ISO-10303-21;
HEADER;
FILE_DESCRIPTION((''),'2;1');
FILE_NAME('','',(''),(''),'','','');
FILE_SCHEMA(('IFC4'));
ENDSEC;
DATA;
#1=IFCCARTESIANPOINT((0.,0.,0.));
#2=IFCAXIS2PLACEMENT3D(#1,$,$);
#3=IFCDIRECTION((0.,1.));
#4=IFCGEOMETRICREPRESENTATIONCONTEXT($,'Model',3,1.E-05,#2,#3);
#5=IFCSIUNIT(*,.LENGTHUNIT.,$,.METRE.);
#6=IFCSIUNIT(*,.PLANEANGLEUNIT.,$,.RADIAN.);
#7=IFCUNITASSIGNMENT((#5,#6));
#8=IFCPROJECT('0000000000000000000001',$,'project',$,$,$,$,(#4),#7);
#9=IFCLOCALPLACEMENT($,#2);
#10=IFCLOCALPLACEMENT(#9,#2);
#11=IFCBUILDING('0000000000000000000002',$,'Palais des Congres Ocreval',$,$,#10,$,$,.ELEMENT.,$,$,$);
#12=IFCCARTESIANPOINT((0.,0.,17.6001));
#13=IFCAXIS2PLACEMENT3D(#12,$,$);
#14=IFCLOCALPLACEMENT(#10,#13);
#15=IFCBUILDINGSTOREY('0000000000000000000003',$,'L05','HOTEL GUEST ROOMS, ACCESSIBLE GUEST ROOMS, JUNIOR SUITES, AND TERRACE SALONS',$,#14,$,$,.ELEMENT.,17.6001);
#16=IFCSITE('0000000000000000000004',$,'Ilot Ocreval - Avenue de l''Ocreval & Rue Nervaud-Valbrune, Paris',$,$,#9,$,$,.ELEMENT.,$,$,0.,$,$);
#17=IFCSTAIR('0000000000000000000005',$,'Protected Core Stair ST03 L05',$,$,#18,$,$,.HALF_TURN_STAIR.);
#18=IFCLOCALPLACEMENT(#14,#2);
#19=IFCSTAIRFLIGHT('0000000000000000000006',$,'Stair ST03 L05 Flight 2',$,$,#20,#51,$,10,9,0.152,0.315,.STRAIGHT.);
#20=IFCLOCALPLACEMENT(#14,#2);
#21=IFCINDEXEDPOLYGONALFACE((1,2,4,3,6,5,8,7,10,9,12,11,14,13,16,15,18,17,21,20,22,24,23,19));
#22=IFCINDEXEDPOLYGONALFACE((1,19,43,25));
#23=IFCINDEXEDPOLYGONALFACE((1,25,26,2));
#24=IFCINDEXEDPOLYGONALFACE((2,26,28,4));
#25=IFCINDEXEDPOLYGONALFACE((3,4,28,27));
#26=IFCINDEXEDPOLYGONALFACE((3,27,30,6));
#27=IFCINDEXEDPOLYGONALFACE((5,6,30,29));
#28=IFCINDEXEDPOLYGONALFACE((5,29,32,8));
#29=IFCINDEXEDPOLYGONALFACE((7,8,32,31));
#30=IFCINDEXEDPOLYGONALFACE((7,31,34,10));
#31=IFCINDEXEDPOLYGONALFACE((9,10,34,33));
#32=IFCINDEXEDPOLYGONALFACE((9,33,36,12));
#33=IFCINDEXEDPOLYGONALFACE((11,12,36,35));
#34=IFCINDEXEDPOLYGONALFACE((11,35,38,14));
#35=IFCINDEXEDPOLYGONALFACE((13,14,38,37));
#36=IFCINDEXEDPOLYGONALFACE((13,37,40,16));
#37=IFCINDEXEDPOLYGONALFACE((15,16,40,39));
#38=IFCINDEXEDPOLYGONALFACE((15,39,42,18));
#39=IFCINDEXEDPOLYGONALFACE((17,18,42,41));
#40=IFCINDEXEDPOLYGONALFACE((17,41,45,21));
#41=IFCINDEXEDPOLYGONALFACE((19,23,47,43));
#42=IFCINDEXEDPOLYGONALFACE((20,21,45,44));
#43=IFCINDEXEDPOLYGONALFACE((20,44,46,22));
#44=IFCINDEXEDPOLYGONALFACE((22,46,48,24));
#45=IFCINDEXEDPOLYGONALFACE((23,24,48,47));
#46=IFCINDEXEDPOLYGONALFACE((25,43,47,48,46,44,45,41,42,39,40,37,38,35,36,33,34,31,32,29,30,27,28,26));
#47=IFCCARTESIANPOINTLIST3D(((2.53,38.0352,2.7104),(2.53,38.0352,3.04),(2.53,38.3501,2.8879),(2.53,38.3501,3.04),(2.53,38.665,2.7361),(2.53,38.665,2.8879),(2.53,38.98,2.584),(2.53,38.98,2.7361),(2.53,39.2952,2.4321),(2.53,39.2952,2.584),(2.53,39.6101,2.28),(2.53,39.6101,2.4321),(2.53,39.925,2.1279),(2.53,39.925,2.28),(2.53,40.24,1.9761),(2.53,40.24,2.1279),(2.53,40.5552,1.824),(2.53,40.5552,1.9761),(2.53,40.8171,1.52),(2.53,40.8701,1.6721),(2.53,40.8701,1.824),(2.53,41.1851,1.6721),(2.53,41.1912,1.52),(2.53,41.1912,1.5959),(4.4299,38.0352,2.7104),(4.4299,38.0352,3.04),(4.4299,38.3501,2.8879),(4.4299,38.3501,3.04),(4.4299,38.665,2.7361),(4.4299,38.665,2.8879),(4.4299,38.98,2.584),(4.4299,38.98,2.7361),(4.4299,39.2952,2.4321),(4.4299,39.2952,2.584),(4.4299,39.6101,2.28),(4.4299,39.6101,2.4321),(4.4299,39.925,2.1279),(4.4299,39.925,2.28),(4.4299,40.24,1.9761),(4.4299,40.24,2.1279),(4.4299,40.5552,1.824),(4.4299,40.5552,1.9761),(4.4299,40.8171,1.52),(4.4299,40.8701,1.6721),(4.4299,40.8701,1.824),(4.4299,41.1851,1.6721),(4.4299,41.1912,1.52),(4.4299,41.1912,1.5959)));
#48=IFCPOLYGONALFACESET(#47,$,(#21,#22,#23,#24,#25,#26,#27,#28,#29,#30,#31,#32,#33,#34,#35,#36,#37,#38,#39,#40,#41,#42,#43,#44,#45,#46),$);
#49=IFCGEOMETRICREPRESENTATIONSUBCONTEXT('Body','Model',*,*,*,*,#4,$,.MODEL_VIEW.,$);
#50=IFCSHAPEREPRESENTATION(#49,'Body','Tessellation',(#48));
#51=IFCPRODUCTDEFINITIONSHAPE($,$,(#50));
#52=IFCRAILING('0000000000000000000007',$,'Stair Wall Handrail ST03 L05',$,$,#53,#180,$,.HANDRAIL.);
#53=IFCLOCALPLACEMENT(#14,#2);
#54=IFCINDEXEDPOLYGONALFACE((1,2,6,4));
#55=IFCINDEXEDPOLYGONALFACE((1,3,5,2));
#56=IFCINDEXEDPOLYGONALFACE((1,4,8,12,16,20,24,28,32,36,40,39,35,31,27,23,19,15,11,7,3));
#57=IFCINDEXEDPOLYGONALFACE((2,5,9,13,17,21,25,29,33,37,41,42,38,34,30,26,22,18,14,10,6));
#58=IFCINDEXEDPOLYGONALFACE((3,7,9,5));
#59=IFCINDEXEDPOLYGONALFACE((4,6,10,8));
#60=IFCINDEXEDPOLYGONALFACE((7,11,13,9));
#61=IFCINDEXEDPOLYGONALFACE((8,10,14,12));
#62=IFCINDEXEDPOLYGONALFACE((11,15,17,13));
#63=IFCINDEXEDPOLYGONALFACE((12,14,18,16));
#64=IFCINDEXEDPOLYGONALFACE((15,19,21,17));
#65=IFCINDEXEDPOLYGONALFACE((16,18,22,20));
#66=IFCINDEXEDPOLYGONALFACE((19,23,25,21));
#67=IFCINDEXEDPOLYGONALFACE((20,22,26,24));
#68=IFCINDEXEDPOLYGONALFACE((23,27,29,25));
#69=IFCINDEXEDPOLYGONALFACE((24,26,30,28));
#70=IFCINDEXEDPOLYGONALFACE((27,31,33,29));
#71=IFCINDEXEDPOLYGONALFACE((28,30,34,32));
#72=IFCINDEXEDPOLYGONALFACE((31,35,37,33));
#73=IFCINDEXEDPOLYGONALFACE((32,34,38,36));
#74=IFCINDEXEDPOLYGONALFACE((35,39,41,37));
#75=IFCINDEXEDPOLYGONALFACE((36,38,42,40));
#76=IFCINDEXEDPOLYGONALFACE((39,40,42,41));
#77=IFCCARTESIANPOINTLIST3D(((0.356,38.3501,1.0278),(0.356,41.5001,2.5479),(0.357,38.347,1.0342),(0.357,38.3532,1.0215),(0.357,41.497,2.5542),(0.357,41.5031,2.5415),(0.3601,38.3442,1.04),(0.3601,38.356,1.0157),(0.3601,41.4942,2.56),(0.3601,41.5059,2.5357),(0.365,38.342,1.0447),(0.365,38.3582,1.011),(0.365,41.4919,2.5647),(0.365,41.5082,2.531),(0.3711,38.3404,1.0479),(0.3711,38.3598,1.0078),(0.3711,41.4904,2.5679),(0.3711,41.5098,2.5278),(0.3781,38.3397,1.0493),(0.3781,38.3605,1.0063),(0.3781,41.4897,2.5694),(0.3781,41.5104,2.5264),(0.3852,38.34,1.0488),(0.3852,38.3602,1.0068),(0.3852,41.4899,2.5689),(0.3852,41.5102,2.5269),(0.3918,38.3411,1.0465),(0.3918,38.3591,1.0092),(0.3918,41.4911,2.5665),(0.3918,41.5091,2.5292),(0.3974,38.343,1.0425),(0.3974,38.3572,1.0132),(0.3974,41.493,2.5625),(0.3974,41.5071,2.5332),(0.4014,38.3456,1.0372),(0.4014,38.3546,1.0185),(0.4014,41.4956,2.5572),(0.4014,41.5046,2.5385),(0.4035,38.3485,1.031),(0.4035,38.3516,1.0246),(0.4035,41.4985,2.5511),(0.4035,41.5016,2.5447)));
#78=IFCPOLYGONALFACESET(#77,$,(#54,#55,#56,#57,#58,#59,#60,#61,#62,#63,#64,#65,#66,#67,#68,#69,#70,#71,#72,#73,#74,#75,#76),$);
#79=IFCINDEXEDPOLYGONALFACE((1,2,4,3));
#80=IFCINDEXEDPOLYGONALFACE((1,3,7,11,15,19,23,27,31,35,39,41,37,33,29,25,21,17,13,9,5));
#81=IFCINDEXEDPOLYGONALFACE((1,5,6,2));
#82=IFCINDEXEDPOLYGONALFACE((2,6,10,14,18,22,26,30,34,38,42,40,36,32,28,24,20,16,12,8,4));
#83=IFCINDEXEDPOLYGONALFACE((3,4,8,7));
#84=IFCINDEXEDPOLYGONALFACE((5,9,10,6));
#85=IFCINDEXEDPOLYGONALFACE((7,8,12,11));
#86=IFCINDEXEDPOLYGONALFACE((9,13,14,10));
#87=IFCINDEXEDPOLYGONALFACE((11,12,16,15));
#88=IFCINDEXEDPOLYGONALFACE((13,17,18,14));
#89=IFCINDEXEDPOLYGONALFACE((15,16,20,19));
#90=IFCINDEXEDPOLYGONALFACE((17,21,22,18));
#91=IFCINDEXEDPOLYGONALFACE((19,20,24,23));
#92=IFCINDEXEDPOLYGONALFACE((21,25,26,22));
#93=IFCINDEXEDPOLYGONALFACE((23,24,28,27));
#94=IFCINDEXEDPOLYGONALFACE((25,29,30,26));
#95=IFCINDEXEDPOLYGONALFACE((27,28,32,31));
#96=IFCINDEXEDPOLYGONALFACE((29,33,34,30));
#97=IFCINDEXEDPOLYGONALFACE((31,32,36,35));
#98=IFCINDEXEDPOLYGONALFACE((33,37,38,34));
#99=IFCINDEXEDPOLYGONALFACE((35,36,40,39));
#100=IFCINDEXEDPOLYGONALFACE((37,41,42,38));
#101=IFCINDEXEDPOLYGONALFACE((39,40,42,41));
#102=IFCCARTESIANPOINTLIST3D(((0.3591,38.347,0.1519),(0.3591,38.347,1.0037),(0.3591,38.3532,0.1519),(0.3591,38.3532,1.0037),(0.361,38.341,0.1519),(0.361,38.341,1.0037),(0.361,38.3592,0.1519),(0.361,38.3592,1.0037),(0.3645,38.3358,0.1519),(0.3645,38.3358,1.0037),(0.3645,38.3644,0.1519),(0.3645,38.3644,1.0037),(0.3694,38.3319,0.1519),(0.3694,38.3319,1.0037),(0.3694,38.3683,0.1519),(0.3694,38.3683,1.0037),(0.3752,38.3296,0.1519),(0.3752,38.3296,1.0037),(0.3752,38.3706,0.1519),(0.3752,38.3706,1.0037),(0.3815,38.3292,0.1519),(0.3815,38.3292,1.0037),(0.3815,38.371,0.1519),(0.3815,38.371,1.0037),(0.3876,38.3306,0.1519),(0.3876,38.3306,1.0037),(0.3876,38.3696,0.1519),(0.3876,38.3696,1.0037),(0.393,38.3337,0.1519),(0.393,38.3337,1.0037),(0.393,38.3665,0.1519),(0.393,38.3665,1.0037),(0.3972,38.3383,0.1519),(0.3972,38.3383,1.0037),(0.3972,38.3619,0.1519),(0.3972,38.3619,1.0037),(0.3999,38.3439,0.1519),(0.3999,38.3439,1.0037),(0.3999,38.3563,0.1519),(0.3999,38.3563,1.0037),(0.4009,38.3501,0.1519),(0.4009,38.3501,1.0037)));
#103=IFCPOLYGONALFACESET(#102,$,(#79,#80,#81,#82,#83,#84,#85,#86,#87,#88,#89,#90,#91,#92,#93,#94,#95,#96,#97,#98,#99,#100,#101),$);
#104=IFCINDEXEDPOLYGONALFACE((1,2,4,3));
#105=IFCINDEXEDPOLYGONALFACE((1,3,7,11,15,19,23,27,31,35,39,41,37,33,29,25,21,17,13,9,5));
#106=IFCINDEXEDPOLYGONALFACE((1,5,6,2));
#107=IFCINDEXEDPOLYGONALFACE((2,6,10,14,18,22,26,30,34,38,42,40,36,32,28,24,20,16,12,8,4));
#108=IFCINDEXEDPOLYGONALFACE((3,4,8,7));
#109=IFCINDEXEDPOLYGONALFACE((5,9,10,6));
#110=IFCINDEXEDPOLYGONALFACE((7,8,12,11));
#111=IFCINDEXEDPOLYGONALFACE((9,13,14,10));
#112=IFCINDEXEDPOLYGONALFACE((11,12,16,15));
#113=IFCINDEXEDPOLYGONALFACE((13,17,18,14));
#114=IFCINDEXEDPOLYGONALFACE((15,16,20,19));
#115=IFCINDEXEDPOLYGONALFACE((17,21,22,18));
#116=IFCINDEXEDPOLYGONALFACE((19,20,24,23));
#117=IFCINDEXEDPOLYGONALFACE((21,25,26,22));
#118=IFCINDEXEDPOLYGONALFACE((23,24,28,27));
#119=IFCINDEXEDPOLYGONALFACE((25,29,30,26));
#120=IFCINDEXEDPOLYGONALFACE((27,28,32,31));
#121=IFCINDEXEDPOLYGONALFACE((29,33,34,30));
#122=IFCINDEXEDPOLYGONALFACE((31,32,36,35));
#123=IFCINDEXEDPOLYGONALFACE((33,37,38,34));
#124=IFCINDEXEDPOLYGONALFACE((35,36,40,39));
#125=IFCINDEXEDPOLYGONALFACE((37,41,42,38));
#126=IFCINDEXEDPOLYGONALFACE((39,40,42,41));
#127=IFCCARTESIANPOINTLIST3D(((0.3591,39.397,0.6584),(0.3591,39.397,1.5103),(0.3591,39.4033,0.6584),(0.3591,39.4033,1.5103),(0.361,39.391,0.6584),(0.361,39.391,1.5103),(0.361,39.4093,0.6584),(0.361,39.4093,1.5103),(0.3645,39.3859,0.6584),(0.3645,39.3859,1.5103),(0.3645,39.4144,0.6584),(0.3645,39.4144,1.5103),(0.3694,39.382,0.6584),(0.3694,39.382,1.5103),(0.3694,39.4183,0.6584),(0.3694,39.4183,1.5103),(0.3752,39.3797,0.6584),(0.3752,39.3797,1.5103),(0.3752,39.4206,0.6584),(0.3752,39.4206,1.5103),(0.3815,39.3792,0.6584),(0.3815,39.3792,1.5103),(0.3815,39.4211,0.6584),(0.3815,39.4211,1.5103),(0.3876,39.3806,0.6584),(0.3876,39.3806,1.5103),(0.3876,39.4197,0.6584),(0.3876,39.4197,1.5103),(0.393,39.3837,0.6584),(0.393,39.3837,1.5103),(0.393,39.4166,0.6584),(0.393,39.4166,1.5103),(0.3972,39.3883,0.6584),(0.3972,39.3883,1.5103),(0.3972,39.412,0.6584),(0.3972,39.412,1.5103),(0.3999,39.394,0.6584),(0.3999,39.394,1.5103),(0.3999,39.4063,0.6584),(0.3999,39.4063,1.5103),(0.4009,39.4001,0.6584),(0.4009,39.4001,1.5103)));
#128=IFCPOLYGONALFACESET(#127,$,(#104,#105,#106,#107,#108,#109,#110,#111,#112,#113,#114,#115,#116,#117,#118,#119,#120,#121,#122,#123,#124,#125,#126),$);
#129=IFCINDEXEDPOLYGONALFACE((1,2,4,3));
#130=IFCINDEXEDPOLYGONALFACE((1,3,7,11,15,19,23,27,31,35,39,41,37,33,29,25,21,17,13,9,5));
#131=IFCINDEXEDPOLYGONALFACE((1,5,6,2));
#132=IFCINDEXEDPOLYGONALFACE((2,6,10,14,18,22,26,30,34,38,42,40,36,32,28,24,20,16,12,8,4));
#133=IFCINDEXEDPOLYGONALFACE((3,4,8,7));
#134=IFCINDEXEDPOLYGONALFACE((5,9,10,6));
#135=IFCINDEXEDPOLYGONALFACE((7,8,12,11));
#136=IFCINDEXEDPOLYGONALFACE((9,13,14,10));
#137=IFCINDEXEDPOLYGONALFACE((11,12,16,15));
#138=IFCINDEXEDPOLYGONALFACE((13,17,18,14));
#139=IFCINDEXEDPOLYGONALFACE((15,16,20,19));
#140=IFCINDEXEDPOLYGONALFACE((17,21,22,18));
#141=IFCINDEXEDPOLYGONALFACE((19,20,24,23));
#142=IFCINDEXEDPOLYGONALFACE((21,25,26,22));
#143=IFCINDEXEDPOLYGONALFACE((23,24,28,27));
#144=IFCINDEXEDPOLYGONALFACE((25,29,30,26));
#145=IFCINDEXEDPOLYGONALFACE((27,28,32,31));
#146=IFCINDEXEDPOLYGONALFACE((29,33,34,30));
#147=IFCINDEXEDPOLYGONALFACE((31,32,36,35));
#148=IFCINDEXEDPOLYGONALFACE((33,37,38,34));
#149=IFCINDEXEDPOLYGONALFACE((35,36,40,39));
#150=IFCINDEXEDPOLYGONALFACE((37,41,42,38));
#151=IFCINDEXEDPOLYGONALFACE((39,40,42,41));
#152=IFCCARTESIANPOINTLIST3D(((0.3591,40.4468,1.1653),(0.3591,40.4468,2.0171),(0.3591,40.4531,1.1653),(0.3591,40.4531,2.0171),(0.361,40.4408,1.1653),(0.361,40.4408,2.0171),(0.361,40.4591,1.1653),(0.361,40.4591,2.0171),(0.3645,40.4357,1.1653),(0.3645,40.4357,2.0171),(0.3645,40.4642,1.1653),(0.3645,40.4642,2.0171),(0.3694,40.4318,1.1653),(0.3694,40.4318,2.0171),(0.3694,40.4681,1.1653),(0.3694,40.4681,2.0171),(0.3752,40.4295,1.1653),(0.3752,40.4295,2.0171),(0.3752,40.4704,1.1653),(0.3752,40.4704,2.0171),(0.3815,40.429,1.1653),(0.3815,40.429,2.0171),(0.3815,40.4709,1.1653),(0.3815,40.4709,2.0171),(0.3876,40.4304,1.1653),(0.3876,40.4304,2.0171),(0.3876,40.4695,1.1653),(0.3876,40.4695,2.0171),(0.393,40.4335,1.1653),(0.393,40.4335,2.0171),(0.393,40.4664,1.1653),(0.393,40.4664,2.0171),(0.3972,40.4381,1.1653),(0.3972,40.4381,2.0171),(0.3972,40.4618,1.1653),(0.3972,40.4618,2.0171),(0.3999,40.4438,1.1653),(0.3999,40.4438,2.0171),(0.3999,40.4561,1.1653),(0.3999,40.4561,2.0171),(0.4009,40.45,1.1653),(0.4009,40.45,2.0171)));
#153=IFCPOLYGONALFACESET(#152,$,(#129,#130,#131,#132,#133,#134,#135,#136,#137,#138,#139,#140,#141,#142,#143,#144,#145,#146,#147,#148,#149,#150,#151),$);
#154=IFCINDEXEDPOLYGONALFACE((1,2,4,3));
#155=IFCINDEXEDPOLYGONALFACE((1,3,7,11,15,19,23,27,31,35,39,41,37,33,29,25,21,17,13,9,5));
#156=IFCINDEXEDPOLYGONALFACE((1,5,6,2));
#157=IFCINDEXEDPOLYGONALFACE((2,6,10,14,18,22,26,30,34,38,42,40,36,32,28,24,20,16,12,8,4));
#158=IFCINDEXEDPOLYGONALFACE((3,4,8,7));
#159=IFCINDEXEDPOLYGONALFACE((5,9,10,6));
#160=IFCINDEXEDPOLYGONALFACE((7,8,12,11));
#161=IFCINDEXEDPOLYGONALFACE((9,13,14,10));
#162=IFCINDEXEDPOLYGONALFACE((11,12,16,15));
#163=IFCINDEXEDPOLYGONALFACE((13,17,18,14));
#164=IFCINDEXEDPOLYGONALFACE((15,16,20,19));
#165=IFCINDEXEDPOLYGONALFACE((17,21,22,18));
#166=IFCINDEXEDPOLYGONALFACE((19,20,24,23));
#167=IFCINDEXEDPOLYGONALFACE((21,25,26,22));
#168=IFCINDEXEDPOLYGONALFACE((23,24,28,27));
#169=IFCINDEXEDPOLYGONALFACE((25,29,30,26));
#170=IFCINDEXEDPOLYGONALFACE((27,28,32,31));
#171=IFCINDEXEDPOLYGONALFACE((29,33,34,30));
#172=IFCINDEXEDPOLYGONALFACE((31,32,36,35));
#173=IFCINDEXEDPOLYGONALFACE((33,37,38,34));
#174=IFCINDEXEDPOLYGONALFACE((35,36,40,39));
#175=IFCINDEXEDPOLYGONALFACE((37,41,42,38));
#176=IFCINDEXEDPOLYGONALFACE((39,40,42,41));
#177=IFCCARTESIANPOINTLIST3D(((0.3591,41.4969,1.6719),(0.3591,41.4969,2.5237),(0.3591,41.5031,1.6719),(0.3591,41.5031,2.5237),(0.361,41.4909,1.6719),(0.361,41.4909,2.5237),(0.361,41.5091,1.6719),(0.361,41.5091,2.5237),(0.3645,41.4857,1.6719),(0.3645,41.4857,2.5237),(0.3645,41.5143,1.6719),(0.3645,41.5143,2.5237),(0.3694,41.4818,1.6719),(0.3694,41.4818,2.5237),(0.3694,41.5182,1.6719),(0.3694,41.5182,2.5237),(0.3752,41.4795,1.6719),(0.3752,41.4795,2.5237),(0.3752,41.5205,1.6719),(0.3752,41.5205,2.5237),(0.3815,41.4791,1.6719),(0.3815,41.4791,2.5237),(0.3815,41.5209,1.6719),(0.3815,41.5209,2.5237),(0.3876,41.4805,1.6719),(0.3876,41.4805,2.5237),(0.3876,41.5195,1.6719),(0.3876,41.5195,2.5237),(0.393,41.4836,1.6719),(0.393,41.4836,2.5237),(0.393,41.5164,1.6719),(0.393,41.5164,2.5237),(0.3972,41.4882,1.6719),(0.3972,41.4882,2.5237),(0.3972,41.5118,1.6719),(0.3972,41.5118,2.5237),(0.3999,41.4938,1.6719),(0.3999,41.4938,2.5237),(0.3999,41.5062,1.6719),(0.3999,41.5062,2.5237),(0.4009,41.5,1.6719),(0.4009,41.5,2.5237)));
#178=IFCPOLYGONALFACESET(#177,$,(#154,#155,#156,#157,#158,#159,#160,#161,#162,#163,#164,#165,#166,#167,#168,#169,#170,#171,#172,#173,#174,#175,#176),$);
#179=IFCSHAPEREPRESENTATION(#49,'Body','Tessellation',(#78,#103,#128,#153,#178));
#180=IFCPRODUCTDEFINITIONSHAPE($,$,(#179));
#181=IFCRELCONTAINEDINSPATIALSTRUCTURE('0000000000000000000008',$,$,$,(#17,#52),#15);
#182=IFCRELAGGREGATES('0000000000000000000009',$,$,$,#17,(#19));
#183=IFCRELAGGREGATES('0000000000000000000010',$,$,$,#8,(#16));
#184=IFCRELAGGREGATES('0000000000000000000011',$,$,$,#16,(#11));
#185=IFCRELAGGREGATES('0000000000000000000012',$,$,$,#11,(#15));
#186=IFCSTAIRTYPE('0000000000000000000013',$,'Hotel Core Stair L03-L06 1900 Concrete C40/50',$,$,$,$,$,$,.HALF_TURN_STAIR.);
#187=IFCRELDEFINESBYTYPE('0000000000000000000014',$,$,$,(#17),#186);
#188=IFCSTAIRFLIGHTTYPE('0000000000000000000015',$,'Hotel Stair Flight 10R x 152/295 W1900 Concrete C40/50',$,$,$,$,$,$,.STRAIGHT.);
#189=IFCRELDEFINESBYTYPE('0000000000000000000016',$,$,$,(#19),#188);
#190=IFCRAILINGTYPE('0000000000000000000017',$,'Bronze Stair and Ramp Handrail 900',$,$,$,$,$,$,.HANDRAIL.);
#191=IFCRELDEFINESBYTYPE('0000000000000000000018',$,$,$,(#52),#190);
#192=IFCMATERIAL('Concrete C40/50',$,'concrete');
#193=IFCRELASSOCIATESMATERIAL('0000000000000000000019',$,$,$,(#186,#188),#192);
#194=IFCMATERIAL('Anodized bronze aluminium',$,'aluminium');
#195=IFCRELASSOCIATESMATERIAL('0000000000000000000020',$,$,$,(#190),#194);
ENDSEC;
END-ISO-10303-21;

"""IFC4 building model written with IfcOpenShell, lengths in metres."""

from ifc_helpers import new_model, si_unit, direction, frame, origin, origin_2d, place, context, subcontext, project, spatial, polyline, circle, outline, extrude, material, type_object, element, aggregate, save


model = new_model("IFC4")

# Units and contexts
model_context = context("Model", 3, precision=1e-05, world=origin(), true_north=direction((0.0, 1.0)))
body_context = subcontext(model_context, "Body", "Model", "MODEL_VIEW")
ifc_project = project(units=[si_unit("LENGTHUNIT", "METRE"), si_unit("PLANEANGLEUNIT", "RADIAN")], contexts=[model_context])

# Site, building, storey
site_placement = place(None, origin())
site = spatial("IfcSite", under=ifc_project, at=site_placement, Name="Ilot Ocreval - Avenue de l'Ocreval & Rue Nervaud-Valbrune, Paris", CompositionType="ELEMENT", RefElevation=0.0)
building_placement = place(site_placement, origin())
building = spatial("IfcBuilding", under=site, at=building_placement, Name="Palais des Congres Ocreval", CompositionType="ELEMENT")
storey_placement = place(building_placement, frame((0.0, 0.0, 17.6001)))
storey = spatial("IfcBuildingStorey", under=building, at=storey_placement, Name="L05", Description="HOTEL GUEST ROOMS, ACCESSIBLE GUEST ROOMS, JUNIOR SUITES, AND TERRACE SALONS", CompositionType="ELEMENT", Elevation=17.6001)

# Shared definitions
ifc_material_1 = material(Name="Concrete C40/50", Category="concrete")

# Stair, stair flight
stair_type = type_object("IfcStairType", Name="Hotel Core Stair L03-L06 1900 Concrete C40/50", PredefinedType="HALF_TURN_STAIR", material=ifc_material_1)
stair_placement = place(storey_placement, origin())
stair = element("IfcStair", 1, at=stair_placement, inside=storey, type_object=stair_type, Name="Protected Core Stair ST03 L05", PredefinedType="HALF_TURN_STAIR")
stair_flight_type = type_object("IfcStairFlightType", Name="Hotel Stair Flight 10R x 152/295 W1900 Concrete C40/50", PredefinedType="STRAIGHT", material=ifc_material_1)
stair_flight_1_placement = place(storey_placement, frame((3.48, 41.1851, 1.52), z_axis=(0.0, 0.0, 1.0), x_axis=(0.0, -1.0, 0.0)))
stair_flight_1 = element("IfcStairFlight", 2, at=stair_flight_1_placement, type_object=stair_flight_type, Name="Stair ST03 L05 Flight 2", NumberOfRisers=10, NumberOfTreads=9, PredefinedType="STRAIGHT", RiserHeight=0.152, TreadLength=0.315, context=body_context, shape_type="SweptSolid", body=[
    extrude(outline(polyline([(-0.0061, 0.0), (-0.0061, 0.0759), (0.0, 0.1521), (0.3149, 0.1521), (0.3149, 0.304), (0.6299, 0.304), (0.6299, 0.4561), (0.9451, 0.4561), (0.9451, 0.6079), (1.26, 0.6079), (1.26, 0.76), (1.575, 0.76), (1.575, 0.9121), (1.8899, 0.9121), (1.8899, 1.064), (2.2051, 1.064), (2.2051, 1.2161), (2.52, 1.2161), (2.52, 1.3679), (2.835, 1.3679), (2.835, 1.52), (3.1499, 1.52), (3.1499, 1.1904), (0.3679, 0.0), (-0.0061, 0.0)])), frame((0.0, 0.95, 0.0), z_axis=(0.0, -1.0, 0.0), x_axis=(1.0, 0.0, 0.0)), (0.0, 0.0, 1.0), 1.8999),
])
aggregate(stair, [stair_flight_1])

# Railing
ifc_material_2 = material(Name="Anodized bronze aluminium", Category="aluminium")
railing_type_1 = type_object("IfcRailingType", Name="Bronze Stair and Ramp Handrail 900", PredefinedType="HANDRAIL", material=ifc_material_2)
railing_1_placement = place(storey_placement, frame((0.3799, 38.3501, 0.1519)))
element("IfcRailing", 3, at=railing_1_placement, inside=storey, type_object=railing_type_1, Name="Stair Wall Handrail ST03 L05", PredefinedType="HANDRAIL", context=body_context, shape_type="SweptSolid", body=[
    extrude(circle(Radius=0.0239, at=origin_2d()), frame((0.0, 0.0, 0.876), z_axis=(0.0, 0.900621, 0.434605), x_axis=(-1.0, 0.0, 0.0)), (0.0, 0.0, 1.0), 3.4976),
    extrude(circle(Radius=0.021, at=origin_2d()), origin(), (0.0, 0.0, 1.0), 0.8518),
    extrude(circle(Radius=0.021, at=origin_2d()), frame((0.0, 1.05, 0.5066)), (0.0, 0.0, 1.0), 0.8518),
    extrude(circle(Radius=0.021, at=origin_2d()), frame((0.0, 2.0999, 1.0134)), (0.0, 0.0, 1.0), 0.8518),
    extrude(circle(Radius=0.021, at=origin_2d()), frame((0.0, 3.1499, 1.52)), (0.0, 0.0, 1.0), 0.8518),
])

save(model, "model.ifc")
